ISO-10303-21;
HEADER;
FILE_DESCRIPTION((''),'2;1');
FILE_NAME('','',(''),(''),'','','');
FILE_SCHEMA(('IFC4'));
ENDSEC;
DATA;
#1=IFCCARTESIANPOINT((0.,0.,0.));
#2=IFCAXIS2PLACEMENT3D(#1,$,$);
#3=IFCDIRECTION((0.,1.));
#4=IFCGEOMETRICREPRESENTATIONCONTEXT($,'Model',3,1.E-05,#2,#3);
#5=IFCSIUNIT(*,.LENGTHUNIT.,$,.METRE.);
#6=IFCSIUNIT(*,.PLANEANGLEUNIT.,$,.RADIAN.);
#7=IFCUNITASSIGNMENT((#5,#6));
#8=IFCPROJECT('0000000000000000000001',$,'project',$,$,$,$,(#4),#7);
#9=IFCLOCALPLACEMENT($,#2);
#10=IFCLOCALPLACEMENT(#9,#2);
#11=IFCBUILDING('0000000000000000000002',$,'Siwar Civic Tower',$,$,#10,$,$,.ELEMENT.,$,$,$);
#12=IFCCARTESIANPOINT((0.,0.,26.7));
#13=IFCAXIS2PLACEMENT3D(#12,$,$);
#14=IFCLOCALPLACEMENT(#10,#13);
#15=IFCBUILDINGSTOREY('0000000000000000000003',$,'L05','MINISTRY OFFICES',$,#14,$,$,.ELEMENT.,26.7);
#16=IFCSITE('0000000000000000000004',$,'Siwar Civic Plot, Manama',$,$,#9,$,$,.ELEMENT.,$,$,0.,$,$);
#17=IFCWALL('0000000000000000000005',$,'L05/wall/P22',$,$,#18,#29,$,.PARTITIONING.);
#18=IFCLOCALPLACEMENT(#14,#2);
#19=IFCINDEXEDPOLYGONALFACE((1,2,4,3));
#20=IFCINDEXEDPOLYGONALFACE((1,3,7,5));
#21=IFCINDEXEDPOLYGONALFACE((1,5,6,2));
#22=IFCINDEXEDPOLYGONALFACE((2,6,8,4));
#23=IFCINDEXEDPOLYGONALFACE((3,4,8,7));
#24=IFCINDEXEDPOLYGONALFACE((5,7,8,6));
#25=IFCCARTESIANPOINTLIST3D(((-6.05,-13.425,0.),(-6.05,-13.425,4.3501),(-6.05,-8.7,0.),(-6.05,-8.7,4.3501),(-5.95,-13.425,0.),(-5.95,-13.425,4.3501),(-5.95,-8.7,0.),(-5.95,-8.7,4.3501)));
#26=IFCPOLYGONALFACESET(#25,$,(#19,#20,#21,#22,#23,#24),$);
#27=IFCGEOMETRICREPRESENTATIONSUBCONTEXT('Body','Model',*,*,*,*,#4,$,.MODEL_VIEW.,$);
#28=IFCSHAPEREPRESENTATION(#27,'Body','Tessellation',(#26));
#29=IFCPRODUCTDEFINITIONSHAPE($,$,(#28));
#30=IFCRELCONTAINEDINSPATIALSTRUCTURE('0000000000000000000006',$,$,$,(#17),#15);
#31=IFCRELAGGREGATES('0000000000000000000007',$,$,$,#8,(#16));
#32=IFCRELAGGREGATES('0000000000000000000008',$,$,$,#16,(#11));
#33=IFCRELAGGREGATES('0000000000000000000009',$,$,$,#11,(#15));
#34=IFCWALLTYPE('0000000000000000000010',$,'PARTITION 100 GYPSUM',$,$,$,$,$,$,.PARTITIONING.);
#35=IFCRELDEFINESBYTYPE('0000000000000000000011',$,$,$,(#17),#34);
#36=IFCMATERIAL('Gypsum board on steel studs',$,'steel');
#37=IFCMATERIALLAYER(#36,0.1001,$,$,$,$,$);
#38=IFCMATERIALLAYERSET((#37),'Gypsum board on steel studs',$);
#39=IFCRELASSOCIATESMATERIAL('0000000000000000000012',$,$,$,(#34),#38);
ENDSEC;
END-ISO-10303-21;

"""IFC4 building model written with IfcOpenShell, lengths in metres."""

from ifc_helpers import new_model, si_unit, direction, frame, frame_2d, origin, place, context, subcontext, project, spatial, rectangle, extrude, material, layer, layer_set, type_object, element, save


model = new_model("IFC4")

# Units and contexts
model_context = context("Model", 3, precision=1e-05, world=origin(), true_north=direction((0.0, 1.0)))
body_context = subcontext(model_context, "Body", "Model", "MODEL_VIEW")
ifc_project = project(units=[si_unit("LENGTHUNIT", "METRE"), si_unit("PLANEANGLEUNIT", "RADIAN")], contexts=[model_context])

# Site, building, storey
site_placement = place(None, origin())
site = spatial("IfcSite", under=ifc_project, at=site_placement, Name="Siwar Civic Plot, Manama", CompositionType="ELEMENT", RefElevation=0.0)
building_placement = place(site_placement, origin())
building = spatial("IfcBuilding", under=site, at=building_placement, Name="Siwar Civic Tower", CompositionType="ELEMENT")
storey_placement = place(building_placement, frame((0.0, 0.0, 26.7)))
storey = spatial("IfcBuildingStorey", under=building, at=storey_placement, Name="L05", Description="MINISTRY OFFICES", CompositionType="ELEMENT", Elevation=26.7)

# Wall
ifc_material_1 = material(Name="Gypsum board on steel studs", Category="steel")
ifc_layer_1 = layer(ifc_material_1, 0.1001)
ifc_layer_set_1 = layer_set([ifc_layer_1], Name="Gypsum board on steel studs")
wall_type_1 = type_object("IfcWallType", Name="PARTITION 100 GYPSUM", PredefinedType="PARTITIONING", material=ifc_layer_set_1)
wall_1_placement = place(storey_placement, frame((-6.0, -13.425, 0.0), z_axis=(0.0, 0.0, 1.0), x_axis=(0.0, 1.0, 0.0)))
element("IfcWall", 1, at=wall_1_placement, inside=storey, type_object=wall_type_1, Name="L05/wall/P22", PredefinedType="PARTITIONING", context=body_context, shape_type="SweptSolid", body=[
    extrude(rectangle(XDim=4.7251, YDim=0.1001, at=frame_2d((2.3625, 0.0))), origin(), (0.0, 0.0, 1.0), 4.3501),
])

save(model, "model.ifc")
